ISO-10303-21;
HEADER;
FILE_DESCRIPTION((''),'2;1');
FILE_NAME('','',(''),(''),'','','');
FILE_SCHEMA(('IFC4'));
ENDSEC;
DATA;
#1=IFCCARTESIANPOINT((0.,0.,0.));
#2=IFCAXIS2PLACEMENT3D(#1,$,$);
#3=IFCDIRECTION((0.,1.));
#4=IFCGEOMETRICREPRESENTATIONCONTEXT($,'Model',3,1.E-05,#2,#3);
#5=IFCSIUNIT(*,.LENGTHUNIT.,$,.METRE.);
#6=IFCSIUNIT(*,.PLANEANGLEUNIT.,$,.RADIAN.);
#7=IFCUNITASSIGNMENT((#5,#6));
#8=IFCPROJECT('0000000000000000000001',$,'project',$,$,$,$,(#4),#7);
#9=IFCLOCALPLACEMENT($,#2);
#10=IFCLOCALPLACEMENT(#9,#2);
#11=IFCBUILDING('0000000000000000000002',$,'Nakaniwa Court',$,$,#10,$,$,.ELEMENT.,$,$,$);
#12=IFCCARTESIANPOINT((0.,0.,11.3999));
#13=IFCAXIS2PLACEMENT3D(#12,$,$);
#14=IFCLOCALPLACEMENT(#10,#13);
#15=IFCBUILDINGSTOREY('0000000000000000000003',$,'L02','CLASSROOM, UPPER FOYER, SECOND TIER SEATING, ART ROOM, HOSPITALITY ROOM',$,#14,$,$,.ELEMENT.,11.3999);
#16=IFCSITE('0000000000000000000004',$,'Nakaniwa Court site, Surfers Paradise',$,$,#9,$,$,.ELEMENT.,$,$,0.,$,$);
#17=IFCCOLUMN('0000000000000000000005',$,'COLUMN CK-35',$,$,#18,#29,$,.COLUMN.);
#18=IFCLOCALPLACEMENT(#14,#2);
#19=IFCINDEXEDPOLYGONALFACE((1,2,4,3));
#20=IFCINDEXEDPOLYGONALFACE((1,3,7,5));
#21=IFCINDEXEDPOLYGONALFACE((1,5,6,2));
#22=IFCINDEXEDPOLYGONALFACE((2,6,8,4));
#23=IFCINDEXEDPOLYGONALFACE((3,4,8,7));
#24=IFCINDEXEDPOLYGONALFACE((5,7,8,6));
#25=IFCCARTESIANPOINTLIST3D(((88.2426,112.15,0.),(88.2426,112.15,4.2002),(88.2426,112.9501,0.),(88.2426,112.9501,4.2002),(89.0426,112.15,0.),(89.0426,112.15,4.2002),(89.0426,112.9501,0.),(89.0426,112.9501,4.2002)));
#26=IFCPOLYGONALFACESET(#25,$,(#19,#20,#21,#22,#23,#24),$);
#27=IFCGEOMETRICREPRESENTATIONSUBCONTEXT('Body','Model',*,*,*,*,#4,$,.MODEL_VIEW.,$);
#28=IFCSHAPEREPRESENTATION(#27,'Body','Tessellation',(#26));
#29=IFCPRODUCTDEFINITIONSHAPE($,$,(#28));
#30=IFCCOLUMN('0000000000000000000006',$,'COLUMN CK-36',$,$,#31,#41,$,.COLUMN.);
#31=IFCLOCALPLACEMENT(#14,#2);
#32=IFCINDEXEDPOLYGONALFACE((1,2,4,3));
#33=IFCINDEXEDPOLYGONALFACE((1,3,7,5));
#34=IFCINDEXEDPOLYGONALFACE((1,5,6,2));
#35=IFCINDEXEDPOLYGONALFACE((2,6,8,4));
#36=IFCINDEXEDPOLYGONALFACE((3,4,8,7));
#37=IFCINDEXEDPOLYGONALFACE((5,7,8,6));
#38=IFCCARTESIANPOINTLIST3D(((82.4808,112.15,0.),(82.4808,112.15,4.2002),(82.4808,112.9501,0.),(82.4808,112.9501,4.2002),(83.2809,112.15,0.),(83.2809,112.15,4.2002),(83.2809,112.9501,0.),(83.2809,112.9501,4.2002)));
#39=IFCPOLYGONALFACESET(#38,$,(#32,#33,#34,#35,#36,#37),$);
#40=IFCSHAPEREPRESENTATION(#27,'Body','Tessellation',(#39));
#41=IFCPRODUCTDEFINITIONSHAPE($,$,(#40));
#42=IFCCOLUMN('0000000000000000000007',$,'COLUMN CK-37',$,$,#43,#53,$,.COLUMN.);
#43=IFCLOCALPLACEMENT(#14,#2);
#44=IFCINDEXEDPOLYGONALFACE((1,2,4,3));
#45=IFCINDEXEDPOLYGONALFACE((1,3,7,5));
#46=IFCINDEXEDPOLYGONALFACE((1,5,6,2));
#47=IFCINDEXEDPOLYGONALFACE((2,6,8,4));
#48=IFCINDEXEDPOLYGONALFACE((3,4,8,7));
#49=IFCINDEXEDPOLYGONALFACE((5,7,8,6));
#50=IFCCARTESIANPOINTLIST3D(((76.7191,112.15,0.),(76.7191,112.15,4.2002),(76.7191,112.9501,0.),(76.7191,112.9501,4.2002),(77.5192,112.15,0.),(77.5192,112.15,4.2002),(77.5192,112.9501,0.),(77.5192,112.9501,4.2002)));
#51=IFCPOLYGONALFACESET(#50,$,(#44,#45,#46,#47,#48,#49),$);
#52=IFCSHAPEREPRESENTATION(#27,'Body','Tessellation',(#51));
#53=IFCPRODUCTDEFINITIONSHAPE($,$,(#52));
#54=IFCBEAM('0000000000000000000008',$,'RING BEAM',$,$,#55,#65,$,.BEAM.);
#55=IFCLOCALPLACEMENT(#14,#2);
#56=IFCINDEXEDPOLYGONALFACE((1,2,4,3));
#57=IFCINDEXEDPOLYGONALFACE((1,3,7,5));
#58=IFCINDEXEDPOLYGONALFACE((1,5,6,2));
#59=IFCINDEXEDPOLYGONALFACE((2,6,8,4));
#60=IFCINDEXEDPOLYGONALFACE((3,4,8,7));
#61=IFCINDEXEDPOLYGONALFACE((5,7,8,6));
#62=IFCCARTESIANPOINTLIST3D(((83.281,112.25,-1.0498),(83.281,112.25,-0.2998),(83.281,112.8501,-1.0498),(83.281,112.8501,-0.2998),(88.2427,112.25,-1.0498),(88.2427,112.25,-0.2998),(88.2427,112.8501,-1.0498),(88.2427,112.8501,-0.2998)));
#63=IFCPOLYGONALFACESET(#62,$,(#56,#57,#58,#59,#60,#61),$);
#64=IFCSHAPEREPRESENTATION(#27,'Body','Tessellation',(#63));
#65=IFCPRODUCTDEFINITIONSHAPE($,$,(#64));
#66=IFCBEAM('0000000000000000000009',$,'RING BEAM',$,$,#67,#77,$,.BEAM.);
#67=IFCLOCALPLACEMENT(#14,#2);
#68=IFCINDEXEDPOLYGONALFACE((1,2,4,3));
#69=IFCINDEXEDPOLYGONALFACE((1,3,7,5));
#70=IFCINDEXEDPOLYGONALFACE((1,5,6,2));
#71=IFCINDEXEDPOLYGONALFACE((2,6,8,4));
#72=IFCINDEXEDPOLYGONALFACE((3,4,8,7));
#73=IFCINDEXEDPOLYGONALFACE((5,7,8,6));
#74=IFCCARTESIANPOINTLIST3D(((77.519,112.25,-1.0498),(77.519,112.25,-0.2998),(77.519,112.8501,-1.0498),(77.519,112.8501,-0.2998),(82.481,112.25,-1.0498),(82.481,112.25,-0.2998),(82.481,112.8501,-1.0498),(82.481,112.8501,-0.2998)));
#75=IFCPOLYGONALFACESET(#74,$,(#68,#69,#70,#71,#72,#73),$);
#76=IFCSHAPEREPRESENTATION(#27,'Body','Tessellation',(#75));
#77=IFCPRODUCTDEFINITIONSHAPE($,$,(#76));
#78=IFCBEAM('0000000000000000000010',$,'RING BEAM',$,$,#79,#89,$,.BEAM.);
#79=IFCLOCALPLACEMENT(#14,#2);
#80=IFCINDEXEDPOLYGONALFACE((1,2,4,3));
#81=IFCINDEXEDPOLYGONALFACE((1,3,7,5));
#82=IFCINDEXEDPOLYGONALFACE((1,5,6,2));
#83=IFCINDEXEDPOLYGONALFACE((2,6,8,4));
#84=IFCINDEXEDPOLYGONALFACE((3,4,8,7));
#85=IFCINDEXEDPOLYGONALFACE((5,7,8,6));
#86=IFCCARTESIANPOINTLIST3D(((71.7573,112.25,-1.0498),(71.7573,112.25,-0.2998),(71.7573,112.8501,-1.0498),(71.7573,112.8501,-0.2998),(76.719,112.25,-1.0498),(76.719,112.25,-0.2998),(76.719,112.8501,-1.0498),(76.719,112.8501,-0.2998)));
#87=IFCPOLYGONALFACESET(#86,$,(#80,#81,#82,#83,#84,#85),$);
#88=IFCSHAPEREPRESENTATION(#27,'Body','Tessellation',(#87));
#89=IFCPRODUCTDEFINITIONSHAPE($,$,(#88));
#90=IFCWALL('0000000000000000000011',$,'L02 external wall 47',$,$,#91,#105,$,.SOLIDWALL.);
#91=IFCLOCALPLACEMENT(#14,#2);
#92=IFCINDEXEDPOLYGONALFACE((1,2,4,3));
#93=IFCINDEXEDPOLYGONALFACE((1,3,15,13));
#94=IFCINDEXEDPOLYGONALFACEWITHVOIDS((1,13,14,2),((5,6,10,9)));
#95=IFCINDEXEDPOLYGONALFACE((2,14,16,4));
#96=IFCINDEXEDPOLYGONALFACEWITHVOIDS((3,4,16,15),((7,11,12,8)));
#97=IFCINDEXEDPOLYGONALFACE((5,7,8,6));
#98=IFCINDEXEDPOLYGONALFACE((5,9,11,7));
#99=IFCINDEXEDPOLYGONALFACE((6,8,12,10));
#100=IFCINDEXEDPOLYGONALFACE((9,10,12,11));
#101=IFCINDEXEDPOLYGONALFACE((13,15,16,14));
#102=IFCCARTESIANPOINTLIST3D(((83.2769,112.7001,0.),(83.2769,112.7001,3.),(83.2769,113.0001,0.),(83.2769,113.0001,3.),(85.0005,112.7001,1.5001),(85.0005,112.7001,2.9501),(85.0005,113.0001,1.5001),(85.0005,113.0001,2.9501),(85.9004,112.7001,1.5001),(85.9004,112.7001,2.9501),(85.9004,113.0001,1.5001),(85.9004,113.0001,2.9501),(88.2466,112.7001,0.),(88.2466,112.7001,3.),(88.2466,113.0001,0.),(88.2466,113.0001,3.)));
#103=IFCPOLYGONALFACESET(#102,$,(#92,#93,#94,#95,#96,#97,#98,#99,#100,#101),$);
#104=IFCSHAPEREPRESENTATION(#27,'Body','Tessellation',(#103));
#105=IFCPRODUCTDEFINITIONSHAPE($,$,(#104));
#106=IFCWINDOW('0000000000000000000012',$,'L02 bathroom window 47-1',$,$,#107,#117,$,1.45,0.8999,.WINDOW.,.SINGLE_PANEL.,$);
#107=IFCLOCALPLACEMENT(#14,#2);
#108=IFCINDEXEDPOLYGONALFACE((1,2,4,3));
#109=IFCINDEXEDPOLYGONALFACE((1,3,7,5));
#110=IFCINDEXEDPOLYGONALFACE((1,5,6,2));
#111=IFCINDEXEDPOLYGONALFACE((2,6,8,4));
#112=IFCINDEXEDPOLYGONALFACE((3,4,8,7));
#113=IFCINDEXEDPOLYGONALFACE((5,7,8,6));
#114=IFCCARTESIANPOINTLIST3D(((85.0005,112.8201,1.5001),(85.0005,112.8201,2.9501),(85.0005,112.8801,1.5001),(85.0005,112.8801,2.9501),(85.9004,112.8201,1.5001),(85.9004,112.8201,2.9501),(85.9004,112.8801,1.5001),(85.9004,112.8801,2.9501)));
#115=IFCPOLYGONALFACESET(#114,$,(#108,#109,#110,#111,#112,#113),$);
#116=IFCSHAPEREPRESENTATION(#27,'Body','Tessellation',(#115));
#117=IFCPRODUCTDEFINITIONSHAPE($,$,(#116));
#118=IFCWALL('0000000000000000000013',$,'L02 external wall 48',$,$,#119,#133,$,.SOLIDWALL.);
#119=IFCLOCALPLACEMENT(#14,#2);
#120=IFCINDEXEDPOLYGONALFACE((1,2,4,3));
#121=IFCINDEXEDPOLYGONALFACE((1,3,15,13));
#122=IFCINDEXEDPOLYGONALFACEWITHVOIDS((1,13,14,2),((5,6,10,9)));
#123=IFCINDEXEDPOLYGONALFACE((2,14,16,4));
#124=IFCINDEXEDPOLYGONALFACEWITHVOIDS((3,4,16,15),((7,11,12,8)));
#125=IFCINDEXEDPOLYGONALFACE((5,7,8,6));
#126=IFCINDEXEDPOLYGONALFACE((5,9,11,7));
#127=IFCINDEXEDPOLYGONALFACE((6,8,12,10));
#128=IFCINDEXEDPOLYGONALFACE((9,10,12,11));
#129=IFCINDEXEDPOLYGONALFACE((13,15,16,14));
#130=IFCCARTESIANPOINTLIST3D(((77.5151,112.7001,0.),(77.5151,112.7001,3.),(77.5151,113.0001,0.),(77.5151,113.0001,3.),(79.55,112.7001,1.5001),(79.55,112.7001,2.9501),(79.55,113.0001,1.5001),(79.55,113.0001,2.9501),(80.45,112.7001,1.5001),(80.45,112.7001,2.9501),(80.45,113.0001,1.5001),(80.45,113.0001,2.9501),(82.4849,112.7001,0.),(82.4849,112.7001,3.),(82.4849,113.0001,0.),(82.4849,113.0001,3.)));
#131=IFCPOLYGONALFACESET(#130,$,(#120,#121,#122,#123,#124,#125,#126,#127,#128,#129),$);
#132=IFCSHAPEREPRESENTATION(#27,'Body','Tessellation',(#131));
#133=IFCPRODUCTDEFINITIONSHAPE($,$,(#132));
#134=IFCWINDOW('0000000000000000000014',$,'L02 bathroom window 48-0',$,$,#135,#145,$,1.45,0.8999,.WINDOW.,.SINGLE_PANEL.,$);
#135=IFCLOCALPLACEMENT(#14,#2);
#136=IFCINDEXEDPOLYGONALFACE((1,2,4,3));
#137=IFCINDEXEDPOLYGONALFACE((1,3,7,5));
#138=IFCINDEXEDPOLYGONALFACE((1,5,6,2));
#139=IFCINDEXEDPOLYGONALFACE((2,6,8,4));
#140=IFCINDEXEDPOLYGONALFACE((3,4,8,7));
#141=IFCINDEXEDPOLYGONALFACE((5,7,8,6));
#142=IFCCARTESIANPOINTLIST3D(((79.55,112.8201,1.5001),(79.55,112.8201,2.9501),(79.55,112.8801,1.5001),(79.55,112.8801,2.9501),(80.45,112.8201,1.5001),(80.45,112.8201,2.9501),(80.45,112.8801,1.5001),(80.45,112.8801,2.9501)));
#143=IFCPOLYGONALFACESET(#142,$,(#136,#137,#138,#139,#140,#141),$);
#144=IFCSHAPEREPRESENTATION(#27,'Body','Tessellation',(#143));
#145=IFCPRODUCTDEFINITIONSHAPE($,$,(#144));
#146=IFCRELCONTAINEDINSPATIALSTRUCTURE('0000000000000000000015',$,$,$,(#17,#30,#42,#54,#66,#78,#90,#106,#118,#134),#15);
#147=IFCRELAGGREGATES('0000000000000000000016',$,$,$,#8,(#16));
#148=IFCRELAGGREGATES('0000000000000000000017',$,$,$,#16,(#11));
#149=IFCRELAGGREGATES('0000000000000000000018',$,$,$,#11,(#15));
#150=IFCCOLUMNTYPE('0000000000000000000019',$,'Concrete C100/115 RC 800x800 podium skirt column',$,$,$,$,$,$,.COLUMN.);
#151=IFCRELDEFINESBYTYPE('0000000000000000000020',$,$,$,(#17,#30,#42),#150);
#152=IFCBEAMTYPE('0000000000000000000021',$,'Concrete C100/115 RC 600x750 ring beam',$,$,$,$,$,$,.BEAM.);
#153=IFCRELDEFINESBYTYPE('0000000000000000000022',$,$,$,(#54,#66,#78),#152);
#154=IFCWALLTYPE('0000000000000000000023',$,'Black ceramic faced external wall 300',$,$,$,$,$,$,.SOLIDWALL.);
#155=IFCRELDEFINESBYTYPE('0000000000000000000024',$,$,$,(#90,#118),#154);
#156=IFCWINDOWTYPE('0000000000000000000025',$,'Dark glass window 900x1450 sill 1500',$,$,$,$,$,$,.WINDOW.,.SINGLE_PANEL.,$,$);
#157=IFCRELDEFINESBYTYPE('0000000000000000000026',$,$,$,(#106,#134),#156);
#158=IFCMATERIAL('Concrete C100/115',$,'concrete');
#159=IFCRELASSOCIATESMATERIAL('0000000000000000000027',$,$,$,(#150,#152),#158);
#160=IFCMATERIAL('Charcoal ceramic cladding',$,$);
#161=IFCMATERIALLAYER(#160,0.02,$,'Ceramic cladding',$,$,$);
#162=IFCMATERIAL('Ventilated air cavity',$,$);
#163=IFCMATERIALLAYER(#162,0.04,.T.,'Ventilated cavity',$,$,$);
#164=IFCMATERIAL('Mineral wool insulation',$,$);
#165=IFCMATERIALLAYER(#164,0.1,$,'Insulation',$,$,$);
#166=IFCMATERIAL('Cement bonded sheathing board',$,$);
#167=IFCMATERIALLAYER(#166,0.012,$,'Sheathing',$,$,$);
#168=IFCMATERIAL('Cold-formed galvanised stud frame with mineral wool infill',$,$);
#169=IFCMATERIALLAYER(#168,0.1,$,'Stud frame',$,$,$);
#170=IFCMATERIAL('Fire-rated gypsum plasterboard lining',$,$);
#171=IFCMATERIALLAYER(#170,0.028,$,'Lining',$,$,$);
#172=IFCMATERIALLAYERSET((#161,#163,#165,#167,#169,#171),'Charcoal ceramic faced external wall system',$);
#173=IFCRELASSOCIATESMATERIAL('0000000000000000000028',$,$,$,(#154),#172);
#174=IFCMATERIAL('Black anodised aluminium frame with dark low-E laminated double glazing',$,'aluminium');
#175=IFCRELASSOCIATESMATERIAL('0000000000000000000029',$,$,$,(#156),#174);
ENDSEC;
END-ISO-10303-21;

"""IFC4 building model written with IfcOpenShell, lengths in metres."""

from ifc_helpers import new_model, si_unit, direction, frame, frame_2d, origin, origin_2d, place, context, subcontext, project, spatial, rectangle, extrude, material, layer, layer_set, material_profile, profile_set, type_object, element, fill, save


model = new_model("IFC4")

# Units and contexts
model_context = context("Model", 3, precision=1e-05, world=origin(), true_north=direction((0.0, 1.0)))
body_context = subcontext(model_context, "Body", "Model", "MODEL_VIEW")
ifc_project = project(units=[si_unit("LENGTHUNIT", "METRE"), si_unit("PLANEANGLEUNIT", "RADIAN")], contexts=[model_context])

# Site, building, storey
site_placement = place(None, origin())
site = spatial("IfcSite", under=ifc_project, at=site_placement, Name="Nakaniwa Court site, Surfers Paradise", CompositionType="ELEMENT", RefElevation=0.0)
building_placement = place(site_placement, origin())
building = spatial("IfcBuilding", under=site, at=building_placement, Name="Nakaniwa Court", CompositionType="ELEMENT")
storey_placement = place(building_placement, frame((0.0, 0.0, 11.3999)))
storey = spatial("IfcBuildingStorey", under=building, at=storey_placement, Name="L02", Description="CLASSROOM, UPPER FOYER, SECOND TIER SEATING, ART ROOM, HOSPITALITY ROOM", CompositionType="ELEMENT", Elevation=11.3999)

# Columns
ifc_material_1 = material(Name="Concrete C100/115", Category="concrete")
ifc_material_profile_1 = material_profile(ifc_material_1, rectangle(XDim=0.8, YDim=0.8, at=origin_2d()), Name="Concrete C100/115 RC 800x800 podium skirt column")
ifc_profile_set_1 = profile_set([ifc_material_profile_1], Name="Concrete C100/115")
column_type = type_object("IfcColumnType", Name="Concrete C100/115 RC 800x800 podium skirt column", PredefinedType="COLUMN", material=ifc_profile_set_1)
for number, where, z_axis, x_axis, name in (
    (1, (88.6426, 112.55, 0.0), (0.0, 0.0, 1.0), (-1.0, 0.0, 0.0), "COLUMN CK-35"),
    (2, (82.8809, 112.55, 0.0), (0.0, 0.0, 1.0), (-1.0, 0.0, 0.0), "COLUMN CK-36"),
    (3, (77.1191, 112.55, 0.0), (0.0, 0.0, 1.0), (-1.0, 0.0, 0.0), "COLUMN CK-37"),
):
    element("IfcColumn", number, at=place(storey_placement, frame(where, z_axis=z_axis, x_axis=x_axis)), inside=storey, type_object=column_type, Name=name, PredefinedType="COLUMN", context=body_context, shape_type="SweptSolid", body=[
        extrude(rectangle(XDim=0.8, YDim=0.8, at=origin_2d()), origin(), (0.0, 0.0, 1.0), 4.2002),
    ])

# Beams
ifc_material_profile_2 = material_profile(ifc_material_1, rectangle(XDim=0.6001, YDim=0.75, at=origin_2d()), Name="Concrete C100/115 RC 600x750 ring beam")
ifc_profile_set_2 = profile_set([ifc_material_profile_2], Name="Concrete C100/115")
beam_type = type_object("IfcBeamType", Name="Concrete C100/115 RC 600x750 ring beam", PredefinedType="BEAM", material=ifc_profile_set_2)
beam_1_placement = place(storey_placement, frame((88.2427, 112.55, -0.6748), z_axis=(-1.0, 0.0, 0.0), x_axis=(0.0, -1.0, 0.0)))
element("IfcBeam", 4, at=beam_1_placement, inside=storey, type_object=beam_type, Name="RING BEAM", PredefinedType="BEAM", context=body_context, shape_type="SweptSolid", body=[
    extrude(rectangle(XDim=0.6001, YDim=0.75, at=origin_2d()), origin(), (0.0, 0.0, 1.0), 4.9617),
])
beam_2_placement = place(storey_placement, frame((82.481, 112.55, -0.6748), z_axis=(-1.0, 0.0, 0.0), x_axis=(0.0, -1.0, 0.0)))
element("IfcBeam", 5, at=beam_2_placement, inside=storey, type_object=beam_type, Name="RING BEAM", PredefinedType="BEAM", context=body_context, shape_type="SweptSolid", body=[
    extrude(rectangle(XDim=0.6001, YDim=0.75, at=origin_2d()), origin(), (0.0, 0.0, 1.0), 4.9619),
])
beam_3_placement = place(storey_placement, frame((76.719, 112.55, -0.6748), z_axis=(-1.0, 0.0, 0.0), x_axis=(0.0, -1.0, 0.0)))
element("IfcBeam", 6, at=beam_3_placement, inside=storey, type_object=beam_type, Name="RING BEAM", PredefinedType="BEAM", context=body_context, shape_type="SweptSolid", body=[
    extrude(rectangle(XDim=0.6001, YDim=0.75, at=origin_2d()), origin(), (0.0, 0.0, 1.0), 4.9617),
])

# Walls, openings, windows
ifc_material_2 = material(Name="Charcoal ceramic cladding")
ifc_layer_1 = layer(ifc_material_2, 0.02, Name="Ceramic cladding")
ifc_material_3 = material(Name="Ventilated air cavity")
ifc_layer_2 = layer(ifc_material_3, 0.04, ventilated=True, Name="Ventilated cavity")
ifc_material_4 = material(Name="Mineral wool insulation")
ifc_layer_3 = layer(ifc_material_4, 0.1, Name="Insulation")
ifc_material_5 = material(Name="Cement bonded sheathing board")
ifc_layer_4 = layer(ifc_material_5, 0.012, Name="Sheathing")
ifc_material_6 = material(Name="Cold-formed galvanised stud frame with mineral wool infill")
ifc_layer_5 = layer(ifc_material_6, 0.1, Name="Stud frame")
ifc_material_7 = material(Name="Fire-rated gypsum plasterboard lining")
ifc_layer_6 = layer(ifc_material_7, 0.028, Name="Lining")
ifc_layer_set = layer_set([ifc_layer_1, ifc_layer_2, ifc_layer_3, ifc_layer_4, ifc_layer_5, ifc_layer_6], Name="Charcoal ceramic faced external wall system")
wall_type = type_object("IfcWallType", Name="Black ceramic faced external wall 300", PredefinedType="SOLIDWALL", material=ifc_layer_set)
wall_1_placement = place(storey_placement, frame((88.2466, 112.8501, 0.0), z_axis=(0.0, 0.0, 1.0), x_axis=(-1.0, 0.0, 0.0)))
wall_1 = element("IfcWall", 7, at=wall_1_placement, inside=storey, type_object=wall_type, Name="L02 external wall 47", PredefinedType="SOLIDWALL", context=body_context, shape_type="SweptSolid", body=[
    extrude(rectangle(XDim=4.9697, YDim=0.3, at=frame_2d((2.4849, 0.0))), origin(), (0.0, 0.0, 1.0), 3.0),
])
opening_1_placement = place(wall_1_placement, frame((2.3462, 0.0, 1.5)))
opening_1 = element("IfcOpeningElement", 8, at=opening_1_placement, cuts=wall_1, PredefinedType="OPENING", context=body_context, shape_type="SweptSolid", body=[
    extrude(rectangle(XDim=0.8999, YDim=1.45, at=frame_2d((0.45, 0.7251))), frame((0.0, 0.1599, 0.0), z_axis=(0.0, -1.0, 0.0), x_axis=(1.0, 0.0, 0.0)), (0.0, 0.0, 1.0), 0.3201),
])
ifc_material_8 = material(Name="Black anodised aluminium frame with dark low-E laminated double glazing", Category="aluminium")
window_type_1 = type_object("IfcWindowType", Name="Dark glass window 900x1450 sill 1500", PartitioningType="SINGLE_PANEL", PredefinedType="WINDOW", material=ifc_material_8)
window_1_placement = place(opening_1_placement, origin())
window_1 = element("IfcWindow", 9, at=window_1_placement, inside=storey, type_object=window_type_1, Name="L02 bathroom window 47-1", OverallHeight=1.45, OverallWidth=0.8999, PartitioningType="SINGLE_PANEL", PredefinedType="WINDOW", context=body_context, shape_type="SweptSolid", body=[
    extrude(rectangle(XDim=0.8999, YDim=1.45, at=frame_2d((0.45, 0.7251))), frame((0.0, 0.03, 0.0), z_axis=(0.0, -1.0, 0.0), x_axis=(1.0, 0.0, 0.0)), (0.0, 0.0, 1.0), 0.0601),
])
fill(opening_1, window_1)
wall_2_placement = place(storey_placement, frame((82.4849, 112.8501, 0.0), z_axis=(0.0, 0.0, 1.0), x_axis=(-1.0, 0.0, 0.0)))
wall_2 = element("IfcWall", 10, at=wall_2_placement, inside=storey, type_object=wall_type, Name="L02 external wall 48", PredefinedType="SOLIDWALL", context=body_context, shape_type="SweptSolid", body=[
    extrude(rectangle(XDim=4.9697, YDim=0.3, at=frame_2d((2.4849, 0.0))), origin(), (0.0, 0.0, 1.0), 3.0),
])
opening_2_placement = place(wall_2_placement, frame((2.0349, 0.0, 1.5)))
opening_2 = element("IfcOpeningElement", 11, at=opening_2_placement, cuts=wall_2, PredefinedType="OPENING", context=body_context, shape_type="SweptSolid", body=[
    extrude(rectangle(XDim=0.8999, YDim=1.45, at=frame_2d((0.45, 0.7251))), frame((0.0, 0.1599, 0.0), z_axis=(0.0, -1.0, 0.0), x_axis=(1.0, 0.0, 0.0)), (0.0, 0.0, 1.0), 0.3201),
])
window_2_placement = place(opening_2_placement, origin())
window_2 = element("IfcWindow", 12, at=window_2_placement, inside=storey, type_object=window_type_1, Name="L02 bathroom window 48-0", OverallHeight=1.45, OverallWidth=0.8999, PartitioningType="SINGLE_PANEL", PredefinedType="WINDOW", context=body_context, shape_type="SweptSolid", body=[
    extrude(rectangle(XDim=0.8999, YDim=1.45, at=frame_2d((0.45, 0.7251))), frame((0.0, 0.03, 0.0), z_axis=(0.0, -1.0, 0.0), x_axis=(1.0, 0.0, 0.0)), (0.0, 0.0, 1.0), 0.0601),
])
fill(opening_2, window_2)

save(model, "model.ifc")
